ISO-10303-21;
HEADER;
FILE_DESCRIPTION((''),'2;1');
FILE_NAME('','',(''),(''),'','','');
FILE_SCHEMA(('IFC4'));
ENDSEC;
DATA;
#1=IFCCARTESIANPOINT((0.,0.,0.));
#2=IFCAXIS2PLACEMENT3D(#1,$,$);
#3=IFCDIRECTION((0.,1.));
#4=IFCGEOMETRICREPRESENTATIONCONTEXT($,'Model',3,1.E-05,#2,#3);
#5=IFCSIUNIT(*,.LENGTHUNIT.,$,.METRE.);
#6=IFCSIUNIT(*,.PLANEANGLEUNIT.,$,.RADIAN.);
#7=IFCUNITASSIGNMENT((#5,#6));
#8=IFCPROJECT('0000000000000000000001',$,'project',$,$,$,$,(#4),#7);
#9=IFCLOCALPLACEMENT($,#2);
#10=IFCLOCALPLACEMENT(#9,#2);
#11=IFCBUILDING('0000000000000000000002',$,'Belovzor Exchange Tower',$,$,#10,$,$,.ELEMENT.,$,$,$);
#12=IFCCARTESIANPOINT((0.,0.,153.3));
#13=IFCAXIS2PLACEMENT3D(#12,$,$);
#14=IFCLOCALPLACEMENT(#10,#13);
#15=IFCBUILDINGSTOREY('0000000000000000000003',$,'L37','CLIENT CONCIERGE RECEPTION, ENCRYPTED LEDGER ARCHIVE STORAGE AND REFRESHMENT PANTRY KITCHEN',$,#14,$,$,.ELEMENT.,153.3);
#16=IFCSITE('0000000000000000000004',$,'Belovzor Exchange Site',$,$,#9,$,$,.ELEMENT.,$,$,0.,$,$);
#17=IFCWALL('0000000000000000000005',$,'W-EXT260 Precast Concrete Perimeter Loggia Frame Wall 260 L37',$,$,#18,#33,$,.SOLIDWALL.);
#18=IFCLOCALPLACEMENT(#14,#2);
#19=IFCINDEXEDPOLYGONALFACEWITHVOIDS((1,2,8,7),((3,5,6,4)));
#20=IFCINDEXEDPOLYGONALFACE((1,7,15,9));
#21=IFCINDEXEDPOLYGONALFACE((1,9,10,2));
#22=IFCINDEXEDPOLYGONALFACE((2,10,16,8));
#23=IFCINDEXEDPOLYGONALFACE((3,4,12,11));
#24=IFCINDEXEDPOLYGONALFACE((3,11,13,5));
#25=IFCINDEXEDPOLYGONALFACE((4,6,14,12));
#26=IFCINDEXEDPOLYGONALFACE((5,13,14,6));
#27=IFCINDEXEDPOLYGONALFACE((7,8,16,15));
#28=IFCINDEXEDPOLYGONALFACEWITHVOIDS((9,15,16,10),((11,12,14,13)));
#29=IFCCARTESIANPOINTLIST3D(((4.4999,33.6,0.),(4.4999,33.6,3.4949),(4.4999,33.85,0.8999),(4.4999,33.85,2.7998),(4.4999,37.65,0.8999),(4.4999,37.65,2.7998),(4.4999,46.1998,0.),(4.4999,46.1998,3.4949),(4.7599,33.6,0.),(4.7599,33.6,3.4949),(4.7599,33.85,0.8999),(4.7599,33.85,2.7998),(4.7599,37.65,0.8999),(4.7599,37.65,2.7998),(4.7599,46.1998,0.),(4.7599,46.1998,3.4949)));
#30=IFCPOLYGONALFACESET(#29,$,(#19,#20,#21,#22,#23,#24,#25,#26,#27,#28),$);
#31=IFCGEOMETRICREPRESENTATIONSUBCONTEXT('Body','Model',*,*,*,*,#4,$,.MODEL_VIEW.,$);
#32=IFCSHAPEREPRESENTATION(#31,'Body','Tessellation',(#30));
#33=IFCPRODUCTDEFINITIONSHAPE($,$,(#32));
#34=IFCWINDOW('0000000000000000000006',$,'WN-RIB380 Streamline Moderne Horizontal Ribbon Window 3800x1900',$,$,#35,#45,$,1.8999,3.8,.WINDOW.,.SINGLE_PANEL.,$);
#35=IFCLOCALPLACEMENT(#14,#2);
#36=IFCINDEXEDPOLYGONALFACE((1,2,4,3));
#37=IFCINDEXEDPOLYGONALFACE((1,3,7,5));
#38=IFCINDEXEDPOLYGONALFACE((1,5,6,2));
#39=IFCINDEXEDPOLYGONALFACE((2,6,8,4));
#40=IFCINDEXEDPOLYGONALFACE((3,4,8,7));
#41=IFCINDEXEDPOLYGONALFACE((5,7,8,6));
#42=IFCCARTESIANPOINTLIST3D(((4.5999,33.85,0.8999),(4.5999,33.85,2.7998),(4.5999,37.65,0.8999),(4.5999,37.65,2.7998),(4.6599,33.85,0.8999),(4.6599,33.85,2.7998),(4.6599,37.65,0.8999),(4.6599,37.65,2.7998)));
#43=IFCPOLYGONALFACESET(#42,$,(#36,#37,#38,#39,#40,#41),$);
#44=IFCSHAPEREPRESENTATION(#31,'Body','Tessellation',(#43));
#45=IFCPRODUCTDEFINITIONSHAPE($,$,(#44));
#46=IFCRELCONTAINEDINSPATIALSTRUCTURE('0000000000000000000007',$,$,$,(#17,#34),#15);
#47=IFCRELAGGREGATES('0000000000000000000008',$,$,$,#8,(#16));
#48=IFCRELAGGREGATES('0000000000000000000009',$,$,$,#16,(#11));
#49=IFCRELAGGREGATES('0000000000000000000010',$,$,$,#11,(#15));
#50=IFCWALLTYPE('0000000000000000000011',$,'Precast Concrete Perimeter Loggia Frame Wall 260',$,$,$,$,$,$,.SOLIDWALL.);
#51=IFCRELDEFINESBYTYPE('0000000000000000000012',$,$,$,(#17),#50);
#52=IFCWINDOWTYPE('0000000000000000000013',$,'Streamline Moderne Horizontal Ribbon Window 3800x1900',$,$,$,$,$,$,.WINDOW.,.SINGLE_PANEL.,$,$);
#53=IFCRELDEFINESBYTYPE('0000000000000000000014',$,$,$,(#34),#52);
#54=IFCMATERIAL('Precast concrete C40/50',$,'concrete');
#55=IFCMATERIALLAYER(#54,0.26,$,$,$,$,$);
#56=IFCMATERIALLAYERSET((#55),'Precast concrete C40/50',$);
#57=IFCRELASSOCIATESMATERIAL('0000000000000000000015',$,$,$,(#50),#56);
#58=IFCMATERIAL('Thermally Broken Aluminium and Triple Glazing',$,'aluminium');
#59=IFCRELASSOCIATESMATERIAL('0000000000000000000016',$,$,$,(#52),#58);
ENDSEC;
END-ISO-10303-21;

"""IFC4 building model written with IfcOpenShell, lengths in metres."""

from ifc_helpers import new_model, si_unit, direction, frame, frame_2d, origin, place, context, subcontext, project, spatial, rectangle, extrude, material, layer, layer_set, type_object, element, fill, save


model = new_model("IFC4")

# Units and contexts
model_context = context("Model", 3, precision=1e-05, world=origin(), true_north=direction((0.0, 1.0)))
body_context = subcontext(model_context, "Body", "Model", "MODEL_VIEW")
ifc_project = project(units=[si_unit("LENGTHUNIT", "METRE"), si_unit("PLANEANGLEUNIT", "RADIAN")], contexts=[model_context])

# Site, building, storey
site_placement = place(None, origin())
site = spatial("IfcSite", under=ifc_project, at=site_placement, Name="Belovzor Exchange Site", CompositionType="ELEMENT", RefElevation=0.0)
building_placement = place(site_placement, origin())
building = spatial("IfcBuilding", under=site, at=building_placement, Name="Belovzor Exchange Tower", CompositionType="ELEMENT")
storey_placement = place(building_placement, frame((0.0, 0.0, 153.3)))
storey = spatial("IfcBuildingStorey", under=building, at=storey_placement, Name="L37", Description="CLIENT CONCIERGE RECEPTION, ENCRYPTED LEDGER ARCHIVE STORAGE AND REFRESHMENT PANTRY KITCHEN", CompositionType="ELEMENT", Elevation=153.3)

# Wall, opening, window
ifc_material_1 = material(Name="Precast concrete C40/50", Category="concrete")
ifc_layer_1 = layer(ifc_material_1, 0.26)
ifc_layer_set_1 = layer_set([ifc_layer_1], Name="Precast concrete C40/50")
wall_type_1 = type_object("IfcWallType", Name="Precast Concrete Perimeter Loggia Frame Wall 260", PredefinedType="SOLIDWALL", material=ifc_layer_set_1)
wall_1_placement = place(storey_placement, frame((4.6299, 33.6001, 0.0), z_axis=(0.0, 0.0, 1.0), x_axis=(0.0, 1.0, 0.0)))
wall_1 = element("IfcWall", 1, at=wall_1_placement, inside=storey, type_object=wall_type_1, Name="W-EXT260 Precast Concrete Perimeter Loggia Frame Wall 260 L37", PredefinedType="SOLIDWALL", context=body_context, shape_type="SweptSolid", body=[
    extrude(rectangle(XDim=12.5999, YDim=0.26, at=frame_2d((6.2998, 0.0))), origin(), (0.0, 0.0, 1.0), 3.4949),
])
opening_1_placement = place(wall_1_placement, frame((0.25, 0.0, 0.8999)))
opening_1 = element("IfcOpeningElement", 2, at=opening_1_placement, cuts=wall_1, PredefinedType="OPENING", context=body_context, shape_type="SweptSolid", body=[
    extrude(rectangle(XDim=3.8, YDim=1.8999, at=frame_2d((1.8999, 0.95))), frame((0.0, 0.1399, 0.0), z_axis=(0.0, -1.0, 0.0), x_axis=(1.0, 0.0, 0.0)), (0.0, 0.0, 1.0), 0.28),
])
ifc_material_2 = material(Name="Thermally Broken Aluminium and Triple Glazing", Category="aluminium")
window_type = type_object("IfcWindowType", Name="Streamline Moderne Horizontal Ribbon Window 3800x1900", PartitioningType="SINGLE_PANEL", PredefinedType="WINDOW", material=ifc_material_2)
window_placement = place(opening_1_placement, origin())
window = element("IfcWindow", 3, at=window_placement, inside=storey, type_object=window_type, Name="WN-RIB380 Streamline Moderne Horizontal Ribbon Window 3800x1900", OverallHeight=1.8999, OverallWidth=3.8, PartitioningType="SINGLE_PANEL", PredefinedType="WINDOW", context=body_context, shape_type="SweptSolid", body=[
    extrude(rectangle(XDim=3.8, YDim=1.8999, at=frame_2d((1.8999, 0.95))), frame((0.0, 0.03, 0.0), z_axis=(0.0, -1.0, 0.0), x_axis=(1.0, 0.0, 0.0)), (0.0, 0.0, 1.0), 0.0601),
])
fill(opening_1, window)

save(model, "model.ifc")
